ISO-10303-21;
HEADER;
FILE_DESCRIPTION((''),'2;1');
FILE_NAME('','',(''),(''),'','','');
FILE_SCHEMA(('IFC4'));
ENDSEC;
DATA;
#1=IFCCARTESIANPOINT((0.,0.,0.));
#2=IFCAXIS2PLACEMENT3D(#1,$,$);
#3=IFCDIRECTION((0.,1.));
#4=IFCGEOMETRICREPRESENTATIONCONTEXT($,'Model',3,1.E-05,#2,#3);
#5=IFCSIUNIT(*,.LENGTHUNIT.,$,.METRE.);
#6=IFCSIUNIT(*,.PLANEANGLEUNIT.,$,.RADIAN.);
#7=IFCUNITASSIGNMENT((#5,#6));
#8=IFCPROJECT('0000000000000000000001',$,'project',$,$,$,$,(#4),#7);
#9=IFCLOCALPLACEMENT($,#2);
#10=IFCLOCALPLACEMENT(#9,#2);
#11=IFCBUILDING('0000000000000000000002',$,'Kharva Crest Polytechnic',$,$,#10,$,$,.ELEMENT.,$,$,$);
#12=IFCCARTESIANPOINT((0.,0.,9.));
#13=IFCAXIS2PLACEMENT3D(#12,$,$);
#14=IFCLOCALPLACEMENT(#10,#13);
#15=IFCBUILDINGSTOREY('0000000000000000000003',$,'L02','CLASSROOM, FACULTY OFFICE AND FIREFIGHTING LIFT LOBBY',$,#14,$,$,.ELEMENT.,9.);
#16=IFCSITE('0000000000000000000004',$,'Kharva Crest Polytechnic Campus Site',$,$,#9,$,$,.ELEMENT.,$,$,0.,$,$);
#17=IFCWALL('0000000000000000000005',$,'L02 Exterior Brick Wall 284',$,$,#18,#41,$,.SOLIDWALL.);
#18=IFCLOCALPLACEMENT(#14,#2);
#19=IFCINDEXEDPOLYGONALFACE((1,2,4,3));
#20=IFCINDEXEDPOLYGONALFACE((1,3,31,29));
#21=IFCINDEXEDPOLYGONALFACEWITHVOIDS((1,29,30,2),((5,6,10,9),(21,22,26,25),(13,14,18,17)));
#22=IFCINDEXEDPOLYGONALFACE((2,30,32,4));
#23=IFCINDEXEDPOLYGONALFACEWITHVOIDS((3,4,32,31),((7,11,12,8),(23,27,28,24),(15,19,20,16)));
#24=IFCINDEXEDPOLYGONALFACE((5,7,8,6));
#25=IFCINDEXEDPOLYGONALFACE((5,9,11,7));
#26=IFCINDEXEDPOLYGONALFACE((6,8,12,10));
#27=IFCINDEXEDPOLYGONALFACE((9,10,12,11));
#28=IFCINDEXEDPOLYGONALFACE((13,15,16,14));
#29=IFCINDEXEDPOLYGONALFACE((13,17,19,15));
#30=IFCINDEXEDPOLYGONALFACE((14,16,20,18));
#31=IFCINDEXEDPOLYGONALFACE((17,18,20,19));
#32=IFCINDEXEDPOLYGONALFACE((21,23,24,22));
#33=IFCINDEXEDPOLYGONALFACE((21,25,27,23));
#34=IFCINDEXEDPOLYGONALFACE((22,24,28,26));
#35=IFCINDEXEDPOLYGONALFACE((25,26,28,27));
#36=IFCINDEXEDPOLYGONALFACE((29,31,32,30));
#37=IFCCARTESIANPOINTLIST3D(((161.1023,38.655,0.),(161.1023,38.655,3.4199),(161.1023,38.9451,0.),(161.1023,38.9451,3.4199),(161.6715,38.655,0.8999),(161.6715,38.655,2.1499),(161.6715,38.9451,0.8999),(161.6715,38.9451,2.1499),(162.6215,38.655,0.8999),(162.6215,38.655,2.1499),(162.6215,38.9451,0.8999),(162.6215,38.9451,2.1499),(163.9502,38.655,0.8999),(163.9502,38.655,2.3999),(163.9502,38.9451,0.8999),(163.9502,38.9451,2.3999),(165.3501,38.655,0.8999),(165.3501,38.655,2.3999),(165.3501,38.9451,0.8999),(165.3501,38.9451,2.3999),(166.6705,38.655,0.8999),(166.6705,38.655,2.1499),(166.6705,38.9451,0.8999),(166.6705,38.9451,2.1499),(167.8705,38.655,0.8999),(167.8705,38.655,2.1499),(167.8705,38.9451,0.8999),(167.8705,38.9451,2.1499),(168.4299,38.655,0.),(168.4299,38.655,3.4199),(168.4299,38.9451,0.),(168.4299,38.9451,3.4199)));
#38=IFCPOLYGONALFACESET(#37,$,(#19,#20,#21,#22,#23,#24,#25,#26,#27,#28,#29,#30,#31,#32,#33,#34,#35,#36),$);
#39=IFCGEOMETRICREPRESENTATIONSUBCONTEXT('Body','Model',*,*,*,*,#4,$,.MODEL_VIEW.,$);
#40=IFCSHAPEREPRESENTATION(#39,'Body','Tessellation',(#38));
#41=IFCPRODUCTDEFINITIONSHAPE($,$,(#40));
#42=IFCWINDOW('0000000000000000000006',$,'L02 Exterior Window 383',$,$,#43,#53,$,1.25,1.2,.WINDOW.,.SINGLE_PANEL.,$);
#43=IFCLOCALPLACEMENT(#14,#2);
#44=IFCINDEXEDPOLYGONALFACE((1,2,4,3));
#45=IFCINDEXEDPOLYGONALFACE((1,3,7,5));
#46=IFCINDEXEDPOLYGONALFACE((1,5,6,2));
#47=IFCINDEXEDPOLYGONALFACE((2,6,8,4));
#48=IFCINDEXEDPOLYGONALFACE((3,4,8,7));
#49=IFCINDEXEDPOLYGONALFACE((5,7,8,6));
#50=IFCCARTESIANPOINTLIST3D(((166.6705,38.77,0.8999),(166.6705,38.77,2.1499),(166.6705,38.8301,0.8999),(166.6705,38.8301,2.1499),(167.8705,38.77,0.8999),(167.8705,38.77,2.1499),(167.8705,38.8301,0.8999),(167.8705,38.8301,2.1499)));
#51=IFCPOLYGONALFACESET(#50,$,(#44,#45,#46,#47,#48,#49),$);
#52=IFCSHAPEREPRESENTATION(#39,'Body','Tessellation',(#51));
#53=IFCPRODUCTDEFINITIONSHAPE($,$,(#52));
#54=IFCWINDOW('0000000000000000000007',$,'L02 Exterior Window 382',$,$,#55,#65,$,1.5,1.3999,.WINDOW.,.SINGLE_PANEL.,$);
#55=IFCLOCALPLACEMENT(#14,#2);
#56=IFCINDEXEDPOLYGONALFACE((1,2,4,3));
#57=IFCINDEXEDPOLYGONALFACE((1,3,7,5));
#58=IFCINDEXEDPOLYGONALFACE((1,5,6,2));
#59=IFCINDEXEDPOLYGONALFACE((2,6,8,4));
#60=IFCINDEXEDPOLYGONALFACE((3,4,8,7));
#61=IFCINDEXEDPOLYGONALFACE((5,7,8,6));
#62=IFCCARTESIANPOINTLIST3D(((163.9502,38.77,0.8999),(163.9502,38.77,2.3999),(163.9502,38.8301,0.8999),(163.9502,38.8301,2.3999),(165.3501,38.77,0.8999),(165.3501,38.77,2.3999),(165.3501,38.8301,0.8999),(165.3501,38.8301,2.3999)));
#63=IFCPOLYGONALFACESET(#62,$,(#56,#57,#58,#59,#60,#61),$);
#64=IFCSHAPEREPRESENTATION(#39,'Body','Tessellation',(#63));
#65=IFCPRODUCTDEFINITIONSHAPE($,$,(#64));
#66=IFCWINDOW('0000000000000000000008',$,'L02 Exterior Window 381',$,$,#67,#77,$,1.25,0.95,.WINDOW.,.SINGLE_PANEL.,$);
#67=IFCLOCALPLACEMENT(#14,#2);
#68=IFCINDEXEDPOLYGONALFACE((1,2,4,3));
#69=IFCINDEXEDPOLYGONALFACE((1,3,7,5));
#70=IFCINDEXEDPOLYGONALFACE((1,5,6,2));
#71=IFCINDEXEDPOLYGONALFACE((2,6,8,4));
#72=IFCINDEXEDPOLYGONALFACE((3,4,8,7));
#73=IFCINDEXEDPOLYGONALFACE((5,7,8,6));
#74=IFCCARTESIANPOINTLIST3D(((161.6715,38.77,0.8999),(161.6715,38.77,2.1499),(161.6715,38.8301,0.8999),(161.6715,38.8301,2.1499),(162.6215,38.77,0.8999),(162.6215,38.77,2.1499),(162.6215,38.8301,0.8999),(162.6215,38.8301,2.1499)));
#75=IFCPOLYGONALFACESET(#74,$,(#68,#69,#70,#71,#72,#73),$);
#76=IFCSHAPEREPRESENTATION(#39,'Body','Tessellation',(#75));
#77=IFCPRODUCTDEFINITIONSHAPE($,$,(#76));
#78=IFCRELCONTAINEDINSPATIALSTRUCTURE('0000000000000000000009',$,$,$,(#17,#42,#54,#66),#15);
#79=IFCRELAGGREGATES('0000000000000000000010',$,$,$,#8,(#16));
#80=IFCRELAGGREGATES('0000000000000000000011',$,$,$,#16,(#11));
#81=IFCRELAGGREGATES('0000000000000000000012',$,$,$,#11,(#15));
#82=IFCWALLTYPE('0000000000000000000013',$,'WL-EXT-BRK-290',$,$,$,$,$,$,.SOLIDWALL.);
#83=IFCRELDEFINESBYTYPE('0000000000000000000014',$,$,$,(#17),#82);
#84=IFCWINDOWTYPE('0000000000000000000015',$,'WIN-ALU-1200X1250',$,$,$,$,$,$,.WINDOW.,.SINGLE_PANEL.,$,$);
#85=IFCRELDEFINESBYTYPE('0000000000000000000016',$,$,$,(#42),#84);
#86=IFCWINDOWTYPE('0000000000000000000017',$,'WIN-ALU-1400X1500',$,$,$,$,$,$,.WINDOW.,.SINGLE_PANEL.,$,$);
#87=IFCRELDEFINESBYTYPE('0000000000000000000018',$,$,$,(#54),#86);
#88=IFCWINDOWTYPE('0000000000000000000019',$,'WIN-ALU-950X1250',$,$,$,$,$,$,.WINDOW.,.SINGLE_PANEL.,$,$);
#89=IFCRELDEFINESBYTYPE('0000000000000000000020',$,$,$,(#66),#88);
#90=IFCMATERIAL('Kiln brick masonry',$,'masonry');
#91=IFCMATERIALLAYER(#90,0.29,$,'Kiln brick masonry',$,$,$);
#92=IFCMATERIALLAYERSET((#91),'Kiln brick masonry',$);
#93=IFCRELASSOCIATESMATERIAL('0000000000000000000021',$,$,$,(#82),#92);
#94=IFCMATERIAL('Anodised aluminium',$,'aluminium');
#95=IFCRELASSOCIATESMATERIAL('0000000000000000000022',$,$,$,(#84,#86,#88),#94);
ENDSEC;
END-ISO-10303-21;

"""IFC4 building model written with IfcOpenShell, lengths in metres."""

from ifc_helpers import new_model, si_unit, direction, frame, frame_2d, origin, place, context, subcontext, project, spatial, rectangle, extrude, material, layer, layer_set, type_object, element, fill, save


model = new_model("IFC4")

# Units and contexts
model_context = context("Model", 3, precision=1e-05, world=origin(), true_north=direction((0.0, 1.0)))
body_context = subcontext(model_context, "Body", "Model", "MODEL_VIEW")
ifc_project = project(units=[si_unit("LENGTHUNIT", "METRE"), si_unit("PLANEANGLEUNIT", "RADIAN")], contexts=[model_context])

# Site, building, storey
site_placement = place(None, origin())
site = spatial("IfcSite", under=ifc_project, at=site_placement, Name="Kharva Crest Polytechnic Campus Site", CompositionType="ELEMENT", RefElevation=0.0)
building_placement = place(site_placement, origin())
building = spatial("IfcBuilding", under=site, at=building_placement, Name="Kharva Crest Polytechnic", CompositionType="ELEMENT")
storey_placement = place(building_placement, frame((0.0, 0.0, 9.0)))
storey = spatial("IfcBuildingStorey", under=building, at=storey_placement, Name="L02", Description="CLASSROOM, FACULTY OFFICE AND FIREFIGHTING LIFT LOBBY", CompositionType="ELEMENT", Elevation=9.0)

# Wall, openings, windows
ifc_material_1 = material(Name="Kiln brick masonry", Category="masonry")
ifc_layer_1 = layer(ifc_material_1, 0.29, Name="Kiln brick masonry")
ifc_layer_set_1 = layer_set([ifc_layer_1], Name="Kiln brick masonry")
wall_type = type_object("IfcWallType", Name="WL-EXT-BRK-290", PredefinedType="SOLIDWALL", material=ifc_layer_set_1)
wall_placement = place(storey_placement, frame((161.1023, 38.8, 0.0), z_axis=(0.0, 0.0, 1.0), x_axis=(1.0, 0.0, 0.0)))
wall = element("IfcWall", 1, at=wall_placement, inside=storey, type_object=wall_type, Name="L02 Exterior Brick Wall 284", PredefinedType="SOLIDWALL", context=body_context, shape_type="SweptSolid", body=[
    extrude(rectangle(XDim=7.3276, YDim=0.29, at=frame_2d((3.6638, 0.0))), origin(), (0.0, 0.0, 1.0), 3.4199),
])
opening_1_placement = place(wall_placement, frame((0.5691, 0.0, 0.8999)))
opening_1 = element("IfcOpeningElement", 2, at=opening_1_placement, cuts=wall, PredefinedType="OPENING", context=body_context, shape_type="SweptSolid", body=[
    extrude(rectangle(XDim=0.95, YDim=1.25, at=frame_2d((0.4751, 0.625))), frame((0.0, 0.155, 0.0), z_axis=(0.0, -1.0, 0.0), x_axis=(1.0, 0.0, 0.0)), (0.0, 0.0, 1.0), 0.3101),
])
opening_2_placement = place(wall_placement, frame((2.8479, 0.0, 0.8999)))
opening_2 = element("IfcOpeningElement", 3, at=opening_2_placement, cuts=wall, PredefinedType="OPENING", context=body_context, shape_type="SweptSolid", body=[
    extrude(rectangle(XDim=1.3999, YDim=1.5, at=frame_2d((0.7, 0.75))), frame((0.0, 0.155, 0.0), z_axis=(0.0, -1.0, 0.0), x_axis=(1.0, 0.0, 0.0)), (0.0, 0.0, 1.0), 0.3101),
])
opening_3_placement = place(wall_placement, frame((5.5681, 0.0, 0.8999)))
opening_3 = element("IfcOpeningElement", 4, at=opening_3_placement, cuts=wall, PredefinedType="OPENING", context=body_context, shape_type="SweptSolid", body=[
    extrude(rectangle(XDim=1.2, YDim=1.25, at=frame_2d((0.6001, 0.625))), frame((0.0, 0.155, 0.0), z_axis=(0.0, -1.0, 0.0), x_axis=(1.0, 0.0, 0.0)), (0.0, 0.0, 1.0), 0.3101),
])
ifc_material_2 = material(Name="Anodised aluminium", Category="aluminium")
window_type_1 = type_object("IfcWindowType", Name="WIN-ALU-1200X1250", PartitioningType="SINGLE_PANEL", PredefinedType="WINDOW", material=ifc_material_2)
window_1_placement = place(opening_3_placement, origin())
window_1 = element("IfcWindow", 5, at=window_1_placement, inside=storey, type_object=window_type_1, Name="L02 Exterior Window 383", OverallHeight=1.25, OverallWidth=1.2, PartitioningType="SINGLE_PANEL", PredefinedType="WINDOW", context=body_context, shape_type="SweptSolid", body=[
    extrude(rectangle(XDim=1.2, YDim=1.25, at=frame_2d((0.6001, 0.625))), frame((0.0, 0.03, 0.0), z_axis=(0.0, -1.0, 0.0), x_axis=(1.0, 0.0, 0.0)), (0.0, 0.0, 1.0), 0.0601),
])
fill(opening_3, window_1)
window_type_2 = type_object("IfcWindowType", Name="WIN-ALU-1400X1500", PartitioningType="SINGLE_PANEL", PredefinedType="WINDOW", material=ifc_material_2)
window_2_placement = place(opening_2_placement, origin())
window_2 = element("IfcWindow", 6, at=window_2_placement, inside=storey, type_object=window_type_2, Name="L02 Exterior Window 382", OverallHeight=1.5, OverallWidth=1.3999, PartitioningType="SINGLE_PANEL", PredefinedType="WINDOW", context=body_context, shape_type="SweptSolid", body=[
    extrude(rectangle(XDim=1.3999, YDim=1.5, at=frame_2d((0.7, 0.75))), frame((0.0, 0.03, 0.0), z_axis=(0.0, -1.0, 0.0), x_axis=(1.0, 0.0, 0.0)), (0.0, 0.0, 1.0), 0.0601),
])
fill(opening_2, window_2)
window_type_3 = type_object("IfcWindowType", Name="WIN-ALU-950X1250", PartitioningType="SINGLE_PANEL", PredefinedType="WINDOW", material=ifc_material_2)
window_3_placement = place(opening_1_placement, origin())
window_3 = element("IfcWindow", 7, at=window_3_placement, inside=storey, type_object=window_type_3, Name="L02 Exterior Window 381", OverallHeight=1.25, OverallWidth=0.95, PartitioningType="SINGLE_PANEL", PredefinedType="WINDOW", context=body_context, shape_type="SweptSolid", body=[
    extrude(rectangle(XDim=0.95, YDim=1.25, at=frame_2d((0.4751, 0.625))), frame((0.0, 0.03, 0.0), z_axis=(0.0, -1.0, 0.0), x_axis=(1.0, 0.0, 0.0)), (0.0, 0.0, 1.0), 0.0601),
])
fill(opening_1, window_3)

save(model, "model.ifc")
